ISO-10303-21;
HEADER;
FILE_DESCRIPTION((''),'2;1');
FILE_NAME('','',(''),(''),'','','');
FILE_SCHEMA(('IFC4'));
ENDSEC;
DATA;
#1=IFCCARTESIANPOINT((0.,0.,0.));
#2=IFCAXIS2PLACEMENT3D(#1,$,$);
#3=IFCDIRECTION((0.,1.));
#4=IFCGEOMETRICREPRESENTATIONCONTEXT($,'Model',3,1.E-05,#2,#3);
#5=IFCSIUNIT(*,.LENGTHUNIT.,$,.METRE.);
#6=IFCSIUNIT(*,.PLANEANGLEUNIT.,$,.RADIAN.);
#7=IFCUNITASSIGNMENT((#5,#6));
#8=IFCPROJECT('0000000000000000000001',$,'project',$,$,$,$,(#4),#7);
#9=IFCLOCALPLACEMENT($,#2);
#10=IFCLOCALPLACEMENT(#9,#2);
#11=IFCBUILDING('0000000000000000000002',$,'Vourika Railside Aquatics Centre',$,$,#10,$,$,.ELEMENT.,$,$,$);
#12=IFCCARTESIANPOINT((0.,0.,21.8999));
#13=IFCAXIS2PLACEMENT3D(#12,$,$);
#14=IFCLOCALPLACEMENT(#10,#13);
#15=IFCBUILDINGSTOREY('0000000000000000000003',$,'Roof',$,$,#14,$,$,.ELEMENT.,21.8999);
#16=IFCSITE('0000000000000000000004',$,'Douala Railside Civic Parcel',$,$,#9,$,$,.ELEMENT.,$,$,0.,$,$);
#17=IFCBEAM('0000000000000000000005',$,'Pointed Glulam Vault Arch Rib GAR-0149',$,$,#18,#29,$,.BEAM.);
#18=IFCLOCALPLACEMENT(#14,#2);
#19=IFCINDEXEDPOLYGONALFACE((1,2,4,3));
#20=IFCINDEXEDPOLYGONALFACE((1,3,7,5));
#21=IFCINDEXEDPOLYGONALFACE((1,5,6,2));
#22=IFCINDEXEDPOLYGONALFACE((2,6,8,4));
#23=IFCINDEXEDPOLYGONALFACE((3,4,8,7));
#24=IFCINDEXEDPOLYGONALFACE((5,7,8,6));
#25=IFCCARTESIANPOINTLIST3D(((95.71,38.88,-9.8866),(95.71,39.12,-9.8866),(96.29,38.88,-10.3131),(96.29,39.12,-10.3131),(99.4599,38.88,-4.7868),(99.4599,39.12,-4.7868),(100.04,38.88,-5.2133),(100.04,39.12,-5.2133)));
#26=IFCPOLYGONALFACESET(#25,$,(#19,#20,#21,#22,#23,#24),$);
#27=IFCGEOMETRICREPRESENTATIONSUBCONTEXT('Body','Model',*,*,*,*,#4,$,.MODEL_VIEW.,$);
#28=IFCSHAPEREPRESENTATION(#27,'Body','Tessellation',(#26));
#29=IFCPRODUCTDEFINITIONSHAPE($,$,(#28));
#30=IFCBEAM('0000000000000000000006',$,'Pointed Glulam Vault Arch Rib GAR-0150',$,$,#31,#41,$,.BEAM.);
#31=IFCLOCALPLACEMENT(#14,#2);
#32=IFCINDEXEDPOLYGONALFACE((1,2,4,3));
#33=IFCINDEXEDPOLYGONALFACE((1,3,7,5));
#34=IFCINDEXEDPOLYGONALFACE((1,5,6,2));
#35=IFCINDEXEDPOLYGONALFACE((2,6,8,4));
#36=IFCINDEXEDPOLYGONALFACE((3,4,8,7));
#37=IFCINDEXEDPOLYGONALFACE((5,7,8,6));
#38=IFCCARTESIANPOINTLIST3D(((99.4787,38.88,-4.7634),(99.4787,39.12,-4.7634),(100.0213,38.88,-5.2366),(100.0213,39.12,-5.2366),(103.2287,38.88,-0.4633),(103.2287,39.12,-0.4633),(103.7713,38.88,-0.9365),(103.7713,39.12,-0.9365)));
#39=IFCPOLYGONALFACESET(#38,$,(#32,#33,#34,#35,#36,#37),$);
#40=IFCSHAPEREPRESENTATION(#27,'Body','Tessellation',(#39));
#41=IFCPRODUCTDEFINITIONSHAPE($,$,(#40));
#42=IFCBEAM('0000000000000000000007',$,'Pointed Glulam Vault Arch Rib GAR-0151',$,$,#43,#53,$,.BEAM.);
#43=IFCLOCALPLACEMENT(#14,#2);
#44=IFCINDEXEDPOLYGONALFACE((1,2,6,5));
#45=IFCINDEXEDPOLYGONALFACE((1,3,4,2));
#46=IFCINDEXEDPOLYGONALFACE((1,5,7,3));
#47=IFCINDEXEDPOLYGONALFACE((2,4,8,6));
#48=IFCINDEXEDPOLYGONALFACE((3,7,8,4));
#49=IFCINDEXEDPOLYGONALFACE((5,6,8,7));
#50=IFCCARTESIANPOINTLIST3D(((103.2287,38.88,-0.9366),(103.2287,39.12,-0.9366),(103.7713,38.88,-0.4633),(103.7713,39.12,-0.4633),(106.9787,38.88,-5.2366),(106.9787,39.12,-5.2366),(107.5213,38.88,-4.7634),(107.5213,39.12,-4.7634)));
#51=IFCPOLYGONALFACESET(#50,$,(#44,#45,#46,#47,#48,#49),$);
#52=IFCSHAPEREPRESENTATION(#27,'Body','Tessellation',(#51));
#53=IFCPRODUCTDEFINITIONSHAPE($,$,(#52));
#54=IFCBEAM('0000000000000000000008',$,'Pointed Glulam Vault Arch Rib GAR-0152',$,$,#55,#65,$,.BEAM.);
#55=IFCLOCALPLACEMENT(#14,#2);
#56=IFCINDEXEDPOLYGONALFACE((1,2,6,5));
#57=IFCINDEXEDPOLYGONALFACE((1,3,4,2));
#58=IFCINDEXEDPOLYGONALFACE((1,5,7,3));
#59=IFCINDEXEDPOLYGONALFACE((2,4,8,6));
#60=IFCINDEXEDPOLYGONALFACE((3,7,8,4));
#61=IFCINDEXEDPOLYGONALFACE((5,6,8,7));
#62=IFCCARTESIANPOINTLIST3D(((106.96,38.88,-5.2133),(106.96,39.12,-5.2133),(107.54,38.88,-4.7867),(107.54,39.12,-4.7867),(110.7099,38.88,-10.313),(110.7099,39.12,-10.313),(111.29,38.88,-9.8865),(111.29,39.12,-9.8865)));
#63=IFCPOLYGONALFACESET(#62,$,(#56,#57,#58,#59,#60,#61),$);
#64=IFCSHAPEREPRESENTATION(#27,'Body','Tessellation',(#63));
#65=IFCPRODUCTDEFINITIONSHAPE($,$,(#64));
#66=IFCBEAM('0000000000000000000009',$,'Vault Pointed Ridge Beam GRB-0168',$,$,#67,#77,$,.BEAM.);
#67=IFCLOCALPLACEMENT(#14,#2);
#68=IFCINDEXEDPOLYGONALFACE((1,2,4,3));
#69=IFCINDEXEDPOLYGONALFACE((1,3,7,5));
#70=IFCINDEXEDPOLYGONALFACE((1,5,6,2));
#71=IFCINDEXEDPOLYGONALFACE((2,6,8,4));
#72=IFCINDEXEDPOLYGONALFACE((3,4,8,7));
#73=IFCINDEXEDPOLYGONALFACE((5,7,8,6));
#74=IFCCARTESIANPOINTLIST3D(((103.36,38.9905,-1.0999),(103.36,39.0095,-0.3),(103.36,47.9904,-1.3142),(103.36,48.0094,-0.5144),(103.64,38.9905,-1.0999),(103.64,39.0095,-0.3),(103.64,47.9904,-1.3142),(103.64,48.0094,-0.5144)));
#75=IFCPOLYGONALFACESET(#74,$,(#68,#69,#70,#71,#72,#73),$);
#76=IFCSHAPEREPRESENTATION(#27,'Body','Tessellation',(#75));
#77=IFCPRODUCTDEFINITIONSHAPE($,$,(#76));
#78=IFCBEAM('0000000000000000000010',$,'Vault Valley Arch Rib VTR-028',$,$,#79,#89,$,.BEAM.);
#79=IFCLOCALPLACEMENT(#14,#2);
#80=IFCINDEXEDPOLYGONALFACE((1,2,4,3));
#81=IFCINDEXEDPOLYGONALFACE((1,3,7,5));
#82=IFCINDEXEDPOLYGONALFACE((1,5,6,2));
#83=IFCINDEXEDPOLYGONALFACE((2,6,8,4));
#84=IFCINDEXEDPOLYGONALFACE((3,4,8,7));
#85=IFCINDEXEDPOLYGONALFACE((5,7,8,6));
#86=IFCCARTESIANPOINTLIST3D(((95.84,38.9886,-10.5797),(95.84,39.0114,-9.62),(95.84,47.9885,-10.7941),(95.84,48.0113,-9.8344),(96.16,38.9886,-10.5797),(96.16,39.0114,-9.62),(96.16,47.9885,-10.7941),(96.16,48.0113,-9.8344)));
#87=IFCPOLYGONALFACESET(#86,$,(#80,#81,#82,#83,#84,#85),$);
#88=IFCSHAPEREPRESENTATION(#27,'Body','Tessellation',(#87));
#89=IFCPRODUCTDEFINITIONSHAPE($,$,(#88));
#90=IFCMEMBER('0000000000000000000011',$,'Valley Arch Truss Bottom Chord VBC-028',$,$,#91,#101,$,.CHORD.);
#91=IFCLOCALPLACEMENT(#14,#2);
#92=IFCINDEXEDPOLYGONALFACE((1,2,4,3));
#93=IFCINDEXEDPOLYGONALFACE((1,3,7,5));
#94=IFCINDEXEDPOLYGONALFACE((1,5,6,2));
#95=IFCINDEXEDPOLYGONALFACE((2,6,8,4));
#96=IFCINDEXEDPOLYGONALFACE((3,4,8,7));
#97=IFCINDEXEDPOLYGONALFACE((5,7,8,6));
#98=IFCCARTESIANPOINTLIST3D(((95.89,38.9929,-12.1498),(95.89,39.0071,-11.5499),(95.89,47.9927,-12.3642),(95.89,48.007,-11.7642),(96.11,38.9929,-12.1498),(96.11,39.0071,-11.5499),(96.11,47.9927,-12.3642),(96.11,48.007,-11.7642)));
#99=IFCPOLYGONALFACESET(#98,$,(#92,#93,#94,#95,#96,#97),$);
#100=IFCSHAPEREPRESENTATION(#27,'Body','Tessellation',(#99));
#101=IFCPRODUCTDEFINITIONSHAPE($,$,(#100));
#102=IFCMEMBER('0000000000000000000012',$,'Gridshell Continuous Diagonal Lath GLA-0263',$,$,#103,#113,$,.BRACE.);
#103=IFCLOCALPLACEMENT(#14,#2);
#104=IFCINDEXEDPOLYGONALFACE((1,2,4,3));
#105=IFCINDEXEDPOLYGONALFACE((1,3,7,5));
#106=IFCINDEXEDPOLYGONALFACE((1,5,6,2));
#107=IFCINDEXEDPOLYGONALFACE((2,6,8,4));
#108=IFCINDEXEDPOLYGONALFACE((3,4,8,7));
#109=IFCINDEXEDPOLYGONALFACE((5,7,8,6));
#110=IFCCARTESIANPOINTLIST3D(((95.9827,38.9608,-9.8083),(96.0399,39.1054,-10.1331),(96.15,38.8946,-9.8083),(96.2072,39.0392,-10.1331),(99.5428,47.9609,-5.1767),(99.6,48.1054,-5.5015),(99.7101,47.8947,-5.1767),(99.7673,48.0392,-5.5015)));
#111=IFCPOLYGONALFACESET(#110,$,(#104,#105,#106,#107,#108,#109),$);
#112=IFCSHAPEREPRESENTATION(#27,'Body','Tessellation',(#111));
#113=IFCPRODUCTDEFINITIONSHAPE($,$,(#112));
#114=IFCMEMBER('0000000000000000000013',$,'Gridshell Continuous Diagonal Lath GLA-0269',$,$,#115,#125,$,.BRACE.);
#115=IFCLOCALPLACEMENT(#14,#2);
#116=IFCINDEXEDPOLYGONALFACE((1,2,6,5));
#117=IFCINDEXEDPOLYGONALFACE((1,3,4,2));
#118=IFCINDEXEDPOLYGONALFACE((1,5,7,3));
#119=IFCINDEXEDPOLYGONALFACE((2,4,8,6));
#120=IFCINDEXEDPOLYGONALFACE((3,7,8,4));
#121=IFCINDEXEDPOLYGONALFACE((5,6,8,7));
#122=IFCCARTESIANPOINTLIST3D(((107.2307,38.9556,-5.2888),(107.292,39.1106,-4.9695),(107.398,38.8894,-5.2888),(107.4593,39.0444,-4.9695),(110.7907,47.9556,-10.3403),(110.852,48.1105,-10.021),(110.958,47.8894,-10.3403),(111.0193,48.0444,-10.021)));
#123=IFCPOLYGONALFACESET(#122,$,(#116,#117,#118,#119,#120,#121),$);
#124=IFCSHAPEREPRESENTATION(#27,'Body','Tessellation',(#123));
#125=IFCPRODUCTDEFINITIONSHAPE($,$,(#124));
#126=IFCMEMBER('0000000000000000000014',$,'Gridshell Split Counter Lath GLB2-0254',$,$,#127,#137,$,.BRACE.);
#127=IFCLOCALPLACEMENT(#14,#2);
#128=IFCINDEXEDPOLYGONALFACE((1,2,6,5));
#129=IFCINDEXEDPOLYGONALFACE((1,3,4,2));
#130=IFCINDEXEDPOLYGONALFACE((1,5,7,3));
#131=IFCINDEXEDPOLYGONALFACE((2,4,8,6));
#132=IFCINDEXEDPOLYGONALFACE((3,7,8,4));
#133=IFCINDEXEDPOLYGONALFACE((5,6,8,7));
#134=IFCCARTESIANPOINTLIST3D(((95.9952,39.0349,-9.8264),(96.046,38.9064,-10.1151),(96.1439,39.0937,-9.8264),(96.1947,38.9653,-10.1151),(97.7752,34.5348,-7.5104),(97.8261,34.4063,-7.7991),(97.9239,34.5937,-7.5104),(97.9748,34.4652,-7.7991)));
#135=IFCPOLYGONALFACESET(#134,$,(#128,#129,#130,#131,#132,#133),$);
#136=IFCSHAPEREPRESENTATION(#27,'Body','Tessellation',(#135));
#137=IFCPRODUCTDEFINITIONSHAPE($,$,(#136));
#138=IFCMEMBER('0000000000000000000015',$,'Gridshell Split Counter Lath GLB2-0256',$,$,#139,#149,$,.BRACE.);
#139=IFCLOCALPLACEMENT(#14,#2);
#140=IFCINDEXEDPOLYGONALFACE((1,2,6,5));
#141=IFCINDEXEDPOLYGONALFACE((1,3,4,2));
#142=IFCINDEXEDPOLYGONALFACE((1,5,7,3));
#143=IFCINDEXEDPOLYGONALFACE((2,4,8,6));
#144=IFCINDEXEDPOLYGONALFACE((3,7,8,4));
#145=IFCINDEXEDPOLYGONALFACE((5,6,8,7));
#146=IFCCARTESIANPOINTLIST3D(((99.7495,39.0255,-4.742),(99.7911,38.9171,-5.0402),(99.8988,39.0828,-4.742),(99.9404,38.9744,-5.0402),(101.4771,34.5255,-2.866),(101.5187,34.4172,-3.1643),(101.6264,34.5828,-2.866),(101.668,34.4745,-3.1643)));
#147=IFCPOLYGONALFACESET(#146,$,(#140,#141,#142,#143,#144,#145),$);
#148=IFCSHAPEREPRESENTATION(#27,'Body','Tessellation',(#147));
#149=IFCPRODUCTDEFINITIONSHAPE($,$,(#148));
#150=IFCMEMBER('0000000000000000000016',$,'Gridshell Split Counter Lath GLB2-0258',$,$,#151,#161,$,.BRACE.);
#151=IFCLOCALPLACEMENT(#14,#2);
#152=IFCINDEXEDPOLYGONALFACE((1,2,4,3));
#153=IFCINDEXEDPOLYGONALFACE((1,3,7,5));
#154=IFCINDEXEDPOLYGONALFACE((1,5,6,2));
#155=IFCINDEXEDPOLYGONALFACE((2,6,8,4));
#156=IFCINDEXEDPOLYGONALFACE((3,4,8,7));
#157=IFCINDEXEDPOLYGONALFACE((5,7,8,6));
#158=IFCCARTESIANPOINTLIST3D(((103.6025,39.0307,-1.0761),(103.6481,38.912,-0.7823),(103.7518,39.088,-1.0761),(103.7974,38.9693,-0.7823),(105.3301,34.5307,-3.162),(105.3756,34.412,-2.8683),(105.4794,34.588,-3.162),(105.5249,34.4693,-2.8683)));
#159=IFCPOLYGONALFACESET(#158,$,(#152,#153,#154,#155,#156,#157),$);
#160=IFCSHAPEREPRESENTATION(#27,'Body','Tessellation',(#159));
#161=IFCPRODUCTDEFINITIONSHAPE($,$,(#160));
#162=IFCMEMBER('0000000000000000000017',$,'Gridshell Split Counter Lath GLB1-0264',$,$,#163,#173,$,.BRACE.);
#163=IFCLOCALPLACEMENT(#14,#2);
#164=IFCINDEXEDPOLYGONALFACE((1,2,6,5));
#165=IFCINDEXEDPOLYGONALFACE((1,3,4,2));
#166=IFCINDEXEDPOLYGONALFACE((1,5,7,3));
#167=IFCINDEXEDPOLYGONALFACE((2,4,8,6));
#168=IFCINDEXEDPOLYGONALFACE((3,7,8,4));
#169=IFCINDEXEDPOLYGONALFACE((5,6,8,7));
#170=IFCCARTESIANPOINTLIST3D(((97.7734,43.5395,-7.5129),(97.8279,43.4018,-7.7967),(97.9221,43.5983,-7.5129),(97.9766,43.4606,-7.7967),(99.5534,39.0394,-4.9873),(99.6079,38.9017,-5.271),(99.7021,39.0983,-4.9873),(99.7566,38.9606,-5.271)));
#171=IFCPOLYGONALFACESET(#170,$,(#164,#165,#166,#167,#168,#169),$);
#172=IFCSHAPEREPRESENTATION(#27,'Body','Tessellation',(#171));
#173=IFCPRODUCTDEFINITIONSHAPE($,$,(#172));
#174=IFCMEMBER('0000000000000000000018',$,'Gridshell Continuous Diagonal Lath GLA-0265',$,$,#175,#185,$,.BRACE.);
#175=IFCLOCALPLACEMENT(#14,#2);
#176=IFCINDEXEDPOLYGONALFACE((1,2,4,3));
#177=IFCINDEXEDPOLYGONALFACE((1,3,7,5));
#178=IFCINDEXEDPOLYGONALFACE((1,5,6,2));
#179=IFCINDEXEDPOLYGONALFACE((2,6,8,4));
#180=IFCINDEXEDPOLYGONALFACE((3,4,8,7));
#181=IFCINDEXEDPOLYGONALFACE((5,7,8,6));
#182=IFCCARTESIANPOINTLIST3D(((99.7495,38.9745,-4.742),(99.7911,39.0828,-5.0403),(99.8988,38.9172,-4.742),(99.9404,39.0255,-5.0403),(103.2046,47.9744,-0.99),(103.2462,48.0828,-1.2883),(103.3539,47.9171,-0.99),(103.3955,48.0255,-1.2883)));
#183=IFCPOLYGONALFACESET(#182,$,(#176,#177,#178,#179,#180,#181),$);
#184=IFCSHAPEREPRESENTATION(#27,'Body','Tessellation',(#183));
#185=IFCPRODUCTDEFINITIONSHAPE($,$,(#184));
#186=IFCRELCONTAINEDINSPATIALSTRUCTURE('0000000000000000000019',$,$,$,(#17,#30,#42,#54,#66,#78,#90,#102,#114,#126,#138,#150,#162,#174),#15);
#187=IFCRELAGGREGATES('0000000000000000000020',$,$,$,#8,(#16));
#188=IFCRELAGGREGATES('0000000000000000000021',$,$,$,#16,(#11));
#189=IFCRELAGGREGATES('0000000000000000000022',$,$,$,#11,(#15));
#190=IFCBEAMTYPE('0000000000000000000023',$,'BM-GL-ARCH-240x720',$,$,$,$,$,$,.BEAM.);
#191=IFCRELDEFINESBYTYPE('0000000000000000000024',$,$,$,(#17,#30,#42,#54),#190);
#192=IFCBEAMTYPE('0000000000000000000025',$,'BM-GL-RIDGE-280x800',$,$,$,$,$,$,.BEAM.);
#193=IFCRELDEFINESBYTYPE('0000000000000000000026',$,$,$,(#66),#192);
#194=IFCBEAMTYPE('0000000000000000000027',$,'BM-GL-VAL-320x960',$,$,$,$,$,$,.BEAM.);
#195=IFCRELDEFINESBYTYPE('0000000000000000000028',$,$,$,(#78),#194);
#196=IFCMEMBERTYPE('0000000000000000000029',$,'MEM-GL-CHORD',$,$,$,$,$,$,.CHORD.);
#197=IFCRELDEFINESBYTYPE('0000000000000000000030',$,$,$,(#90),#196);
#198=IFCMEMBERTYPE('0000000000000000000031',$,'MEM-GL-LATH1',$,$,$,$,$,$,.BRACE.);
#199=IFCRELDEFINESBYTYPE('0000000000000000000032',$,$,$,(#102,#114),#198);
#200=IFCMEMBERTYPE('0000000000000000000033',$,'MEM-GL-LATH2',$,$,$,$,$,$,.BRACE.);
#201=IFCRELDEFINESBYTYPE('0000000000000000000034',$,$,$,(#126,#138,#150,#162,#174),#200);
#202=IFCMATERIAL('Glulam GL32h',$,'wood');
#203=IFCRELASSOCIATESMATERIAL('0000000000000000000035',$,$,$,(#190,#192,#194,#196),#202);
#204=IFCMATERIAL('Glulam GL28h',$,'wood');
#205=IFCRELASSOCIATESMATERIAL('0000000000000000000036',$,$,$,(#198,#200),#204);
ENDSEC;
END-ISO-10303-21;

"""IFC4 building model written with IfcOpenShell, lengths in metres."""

from ifc_helpers import new_model, si_unit, direction, frame, origin, origin_2d, place, context, subcontext, project, spatial, rectangle, extrude, material, material_profile, profile_set, type_object, element, save


model = new_model("IFC4")

# Units and contexts
model_context = context("Model", 3, precision=1e-05, world=origin(), true_north=direction((0.0, 1.0)))
body_context = subcontext(model_context, "Body", "Model", "MODEL_VIEW")
ifc_project = project(units=[si_unit("LENGTHUNIT", "METRE"), si_unit("PLANEANGLEUNIT", "RADIAN")], contexts=[model_context])

# Site, building, storey
site_placement = place(None, origin())
site = spatial("IfcSite", under=ifc_project, at=site_placement, Name="Douala Railside Civic Parcel", CompositionType="ELEMENT", RefElevation=0.0)
building_placement = place(site_placement, origin())
building = spatial("IfcBuilding", under=site, at=building_placement, Name="Vourika Railside Aquatics Centre", CompositionType="ELEMENT")
storey_placement = place(building_placement, frame((0.0, 0.0, 21.8999)))
storey = spatial("IfcBuildingStorey", under=building, at=storey_placement, Name="Roof", CompositionType="ELEMENT", Elevation=21.8999)

# Beams
ifc_material_1 = material(Name="Glulam GL32h", Category="wood")
ifc_material_profile_1 = material_profile(ifc_material_1, rectangle(XDim=0.24, YDim=0.72, at=origin_2d()), Name="GL32h 240x720")
ifc_profile_set_1 = profile_set([ifc_material_profile_1], Name="Glulam GL32h")
beam_type_1 = type_object("IfcBeamType", Name="BM-GL-ARCH-240x720", PredefinedType="BEAM", material=ifc_profile_set_1)
beam_1_placement = place(storey_placement, frame((96.0, 39.0, -10.0999), z_axis=(0.592401, 0.0, 0.805643), x_axis=(0.0, 1.0, 0.0)))
element("IfcBeam", 1, at=beam_1_placement, inside=storey, type_object=beam_type_1, Name="Pointed Glulam Vault Arch Rib GAR-0149", PredefinedType="BEAM", context=body_context, shape_type="SweptSolid", body=[
    extrude(rectangle(XDim=0.24, YDim=0.72, at=origin_2d()), origin(), (0.0, 0.0, 1.0), 6.3301),
])
for number, where, z_axis, x_axis, name in (
    (2, (99.75, 39.0, -5.0), (0.657259, 0.0, 0.753665), (0.0, 1.0, 0.0), "Pointed Glulam Vault Arch Rib GAR-0150"),
    (3, (103.5, 39.0, -0.7), (0.657259, 0.0, -0.753665), (0.0, 1.0, 0.0), "Pointed Glulam Vault Arch Rib GAR-0151"),
):
    element("IfcBeam", number, at=place(storey_placement, frame(where, z_axis=z_axis, x_axis=x_axis)), inside=storey, type_object=beam_type_1, Name=name, PredefinedType="BEAM", context=body_context, shape_type="SweptSolid", body=[
        extrude(rectangle(XDim=0.24, YDim=0.72, at=origin_2d()), origin(), (0.0, 0.0, 1.0), 5.7056),
    ])
beam_2_placement = place(storey_placement, frame((107.25, 39.0, -5.0), z_axis=(0.592401, 0.0, -0.805643), x_axis=(0.0, 1.0, 0.0)))
element("IfcBeam", 4, at=beam_2_placement, inside=storey, type_object=beam_type_1, Name="Pointed Glulam Vault Arch Rib GAR-0152", PredefinedType="BEAM", context=body_context, shape_type="SweptSolid", body=[
    extrude(rectangle(XDim=0.24, YDim=0.72, at=origin_2d()), origin(), (0.0, 0.0, 1.0), 6.3301),
])
ifc_material_profile_2 = material_profile(ifc_material_1, rectangle(XDim=0.28, YDim=0.8, at=origin_2d()), Name="GL32h 280x800")
ifc_profile_set_2 = profile_set([ifc_material_profile_2], Name="Glulam GL32h")
beam_type_2 = type_object("IfcBeamType", Name="BM-GL-RIDGE-280x800", PredefinedType="BEAM", material=ifc_profile_set_2)
beam_3_placement = place(storey_placement, frame((103.5, 39.0, -0.7), z_axis=(0.0, 0.999716, -0.023811), x_axis=(-1.0, 0.0, 0.0)))
element("IfcBeam", 5, at=beam_3_placement, inside=storey, type_object=beam_type_2, Name="Vault Pointed Ridge Beam GRB-0168", PredefinedType="BEAM", context=body_context, shape_type="SweptSolid", body=[
    extrude(rectangle(XDim=0.28, YDim=0.8, at=origin_2d()), origin(), (0.0, 0.0, 1.0), 9.0024),
])
ifc_material_profile_3 = material_profile(ifc_material_1, rectangle(XDim=0.3201, YDim=0.96, at=origin_2d()), Name="GL32h 320x960")
ifc_profile_set_3 = profile_set([ifc_material_profile_3], Name="Glulam GL32h")
beam_type_3 = type_object("IfcBeamType", Name="BM-GL-VAL-320x960", PredefinedType="BEAM", material=ifc_profile_set_3)
beam_4_placement = place(storey_placement, frame((96.0, 39.0, -10.0999), z_axis=(0.0, 0.999716, -0.023811), x_axis=(-1.0, 0.0, 0.0)))
element("IfcBeam", 6, at=beam_4_placement, inside=storey, type_object=beam_type_3, Name="Vault Valley Arch Rib VTR-028", PredefinedType="BEAM", context=body_context, shape_type="SweptSolid", body=[
    extrude(rectangle(XDim=0.3201, YDim=0.96, at=origin_2d()), origin(), (0.0, 0.0, 1.0), 9.0024),
])

# Members
ifc_material_profile_4 = material_profile(ifc_material_1, rectangle(XDim=0.22, YDim=0.6001, at=origin_2d()), Name="GL32h 220x600")
ifc_profile_set_4 = profile_set([ifc_material_profile_4], Name="Glulam GL32h")
member_type_1 = type_object("IfcMemberType", Name="MEM-GL-CHORD", PredefinedType="CHORD", material=ifc_profile_set_4)
member_1_placement = place(storey_placement, frame((96.0, 39.0, -11.8499), z_axis=(0.0, 0.999716, -0.023811), x_axis=(-1.0, 0.0, 0.0)))
element("IfcMember", 7, at=member_1_placement, inside=storey, type_object=member_type_1, Name="Valley Arch Truss Bottom Chord VBC-028", PredefinedType="CHORD", context=body_context, shape_type="SweptSolid", body=[
    extrude(rectangle(XDim=0.22, YDim=0.6001, at=origin_2d()), origin(), (0.0, 0.0, 1.0), 9.0024),
])
ifc_material_2 = material(Name="Glulam GL28h", Category="wood")
ifc_material_profile_5 = material_profile(ifc_material_2, rectangle(XDim=0.1799, YDim=0.3601, at=origin_2d()), Name="GL28h 180x360")
ifc_profile_set_5 = profile_set([ifc_material_profile_5], Name="Glulam GL28h")
member_type_2 = type_object("IfcMemberType", Name="MEM-GL-LATH1", PredefinedType="BRACE", material=ifc_profile_set_5)
member_2_placement = place(storey_placement, frame((96.095, 39.0, -9.9707), z_axis=(0.331796, 0.838796, 0.431662), x_axis=(-0.929893, 0.36783, 0.0)))
element("IfcMember", 8, at=member_2_placement, inside=storey, type_object=member_type_2, Name="Gridshell Continuous Diagonal Lath GLA-0263", PredefinedType="BRACE", context=body_context, shape_type="SweptSolid", body=[
    extrude(rectangle(XDim=0.1799, YDim=0.3601, at=origin_2d()), origin(), (0.0, 0.0, 1.0), 10.7297),
])
member_3_placement = place(storey_placement, frame((107.345, 39.0, -5.1292), z_axis=(0.326087, 0.824365, -0.462699), x_axis=(-0.929893, 0.36783, 0.0)))
element("IfcMember", 9, at=member_3_placement, inside=storey, type_object=member_type_2, Name="Gridshell Continuous Diagonal Lath GLA-0269", PredefinedType="BRACE", context=body_context, shape_type="SweptSolid", body=[
    extrude(rectangle(XDim=0.1799, YDim=0.3601, at=origin_2d()), origin(), (0.0, 0.0, 1.0), 10.9175),
])
ifc_material_profile_6 = material_profile(ifc_material_2, rectangle(XDim=0.1599, YDim=0.3201, at=origin_2d()), Name="GL28h 160x320")
ifc_profile_set_6 = profile_set([ifc_material_profile_6], Name="Glulam GL28h")
member_type_3 = type_object("IfcMemberType", Name="MEM-GL-LATH2", PredefinedType="BRACE", material=ifc_profile_set_6)
member_4_placement = place(storey_placement, frame((97.875, 34.5, -7.6548), z_axis=(-0.331793, 0.838788, -0.431681), x_axis=(-0.929893, -0.36783, 0.0)))
element("IfcMember", 10, at=member_4_placement, inside=storey, type_object=member_type_3, Name="Gridshell Split Counter Lath GLB2-0254", PredefinedType="BRACE", context=body_context, shape_type="SweptSolid", body=[
    extrude(rectangle(XDim=0.1599, YDim=0.3201, at=origin_2d()), origin(), (0.0, 0.0, 1.0), 5.365),
])
member_5_placement = place(storey_placement, frame((101.5725, 34.5, -3.0151), z_axis=(-0.333992, 0.870003, -0.36269), x_axis=(-0.93357, -0.358395, 0.0)))
element("IfcMember", 11, at=member_5_placement, inside=storey, type_object=member_type_3, Name="Gridshell Split Counter Lath GLB2-0256", PredefinedType="BRACE", context=body_context, shape_type="SweptSolid", body=[
    extrude(rectangle(XDim=0.1599, YDim=0.3201, at=origin_2d()), origin(), (0.0, 0.0, 1.0), 5.1724),
])
member_6_placement = place(storey_placement, frame((105.4275, 34.5, -3.0151), z_axis=(-0.328918, 0.856785, 0.397156), x_axis=(-0.93357, -0.358395, 0.0)))
element("IfcMember", 12, at=member_6_placement, inside=storey, type_object=member_type_3, Name="Gridshell Split Counter Lath GLB2-0258", PredefinedType="BRACE", context=body_context, shape_type="SweptSolid", body=[
    extrude(rectangle(XDim=0.1599, YDim=0.3201, at=origin_2d()), origin(), (0.0, 0.0, 1.0), 5.2522),
])
member_7_placement = place(storey_placement, frame((99.655, 39.0, -5.1292), z_axis=(-0.326091, 0.824373, -0.462681), x_axis=(-0.929893, -0.36783, 0.0)))
element("IfcMember", 13, at=member_7_placement, inside=storey, type_object=member_type_3, Name="Gridshell Split Counter Lath GLB1-0264", PredefinedType="BRACE", context=body_context, shape_type="SweptSolid", body=[
    extrude(rectangle(XDim=0.1599, YDim=0.3201, at=origin_2d()), origin(), (0.0, 0.0, 1.0), 5.4587),
])
member_8_placement = place(storey_placement, frame((99.845, 39.0, -4.8911), z_axis=(0.333992, 0.870003, 0.36269), x_axis=(-0.93357, 0.358395, 0.0)))
element("IfcMember", 14, at=member_8_placement, inside=storey, type_object=member_type_3, Name="Gridshell Continuous Diagonal Lath GLA-0265", PredefinedType="BRACE", context=body_context, shape_type="SweptSolid", body=[
    extrude(rectangle(XDim=0.1599, YDim=0.3201, at=origin_2d()), origin(), (0.0, 0.0, 1.0), 10.3447),
])

save(model, "model.ifc")
